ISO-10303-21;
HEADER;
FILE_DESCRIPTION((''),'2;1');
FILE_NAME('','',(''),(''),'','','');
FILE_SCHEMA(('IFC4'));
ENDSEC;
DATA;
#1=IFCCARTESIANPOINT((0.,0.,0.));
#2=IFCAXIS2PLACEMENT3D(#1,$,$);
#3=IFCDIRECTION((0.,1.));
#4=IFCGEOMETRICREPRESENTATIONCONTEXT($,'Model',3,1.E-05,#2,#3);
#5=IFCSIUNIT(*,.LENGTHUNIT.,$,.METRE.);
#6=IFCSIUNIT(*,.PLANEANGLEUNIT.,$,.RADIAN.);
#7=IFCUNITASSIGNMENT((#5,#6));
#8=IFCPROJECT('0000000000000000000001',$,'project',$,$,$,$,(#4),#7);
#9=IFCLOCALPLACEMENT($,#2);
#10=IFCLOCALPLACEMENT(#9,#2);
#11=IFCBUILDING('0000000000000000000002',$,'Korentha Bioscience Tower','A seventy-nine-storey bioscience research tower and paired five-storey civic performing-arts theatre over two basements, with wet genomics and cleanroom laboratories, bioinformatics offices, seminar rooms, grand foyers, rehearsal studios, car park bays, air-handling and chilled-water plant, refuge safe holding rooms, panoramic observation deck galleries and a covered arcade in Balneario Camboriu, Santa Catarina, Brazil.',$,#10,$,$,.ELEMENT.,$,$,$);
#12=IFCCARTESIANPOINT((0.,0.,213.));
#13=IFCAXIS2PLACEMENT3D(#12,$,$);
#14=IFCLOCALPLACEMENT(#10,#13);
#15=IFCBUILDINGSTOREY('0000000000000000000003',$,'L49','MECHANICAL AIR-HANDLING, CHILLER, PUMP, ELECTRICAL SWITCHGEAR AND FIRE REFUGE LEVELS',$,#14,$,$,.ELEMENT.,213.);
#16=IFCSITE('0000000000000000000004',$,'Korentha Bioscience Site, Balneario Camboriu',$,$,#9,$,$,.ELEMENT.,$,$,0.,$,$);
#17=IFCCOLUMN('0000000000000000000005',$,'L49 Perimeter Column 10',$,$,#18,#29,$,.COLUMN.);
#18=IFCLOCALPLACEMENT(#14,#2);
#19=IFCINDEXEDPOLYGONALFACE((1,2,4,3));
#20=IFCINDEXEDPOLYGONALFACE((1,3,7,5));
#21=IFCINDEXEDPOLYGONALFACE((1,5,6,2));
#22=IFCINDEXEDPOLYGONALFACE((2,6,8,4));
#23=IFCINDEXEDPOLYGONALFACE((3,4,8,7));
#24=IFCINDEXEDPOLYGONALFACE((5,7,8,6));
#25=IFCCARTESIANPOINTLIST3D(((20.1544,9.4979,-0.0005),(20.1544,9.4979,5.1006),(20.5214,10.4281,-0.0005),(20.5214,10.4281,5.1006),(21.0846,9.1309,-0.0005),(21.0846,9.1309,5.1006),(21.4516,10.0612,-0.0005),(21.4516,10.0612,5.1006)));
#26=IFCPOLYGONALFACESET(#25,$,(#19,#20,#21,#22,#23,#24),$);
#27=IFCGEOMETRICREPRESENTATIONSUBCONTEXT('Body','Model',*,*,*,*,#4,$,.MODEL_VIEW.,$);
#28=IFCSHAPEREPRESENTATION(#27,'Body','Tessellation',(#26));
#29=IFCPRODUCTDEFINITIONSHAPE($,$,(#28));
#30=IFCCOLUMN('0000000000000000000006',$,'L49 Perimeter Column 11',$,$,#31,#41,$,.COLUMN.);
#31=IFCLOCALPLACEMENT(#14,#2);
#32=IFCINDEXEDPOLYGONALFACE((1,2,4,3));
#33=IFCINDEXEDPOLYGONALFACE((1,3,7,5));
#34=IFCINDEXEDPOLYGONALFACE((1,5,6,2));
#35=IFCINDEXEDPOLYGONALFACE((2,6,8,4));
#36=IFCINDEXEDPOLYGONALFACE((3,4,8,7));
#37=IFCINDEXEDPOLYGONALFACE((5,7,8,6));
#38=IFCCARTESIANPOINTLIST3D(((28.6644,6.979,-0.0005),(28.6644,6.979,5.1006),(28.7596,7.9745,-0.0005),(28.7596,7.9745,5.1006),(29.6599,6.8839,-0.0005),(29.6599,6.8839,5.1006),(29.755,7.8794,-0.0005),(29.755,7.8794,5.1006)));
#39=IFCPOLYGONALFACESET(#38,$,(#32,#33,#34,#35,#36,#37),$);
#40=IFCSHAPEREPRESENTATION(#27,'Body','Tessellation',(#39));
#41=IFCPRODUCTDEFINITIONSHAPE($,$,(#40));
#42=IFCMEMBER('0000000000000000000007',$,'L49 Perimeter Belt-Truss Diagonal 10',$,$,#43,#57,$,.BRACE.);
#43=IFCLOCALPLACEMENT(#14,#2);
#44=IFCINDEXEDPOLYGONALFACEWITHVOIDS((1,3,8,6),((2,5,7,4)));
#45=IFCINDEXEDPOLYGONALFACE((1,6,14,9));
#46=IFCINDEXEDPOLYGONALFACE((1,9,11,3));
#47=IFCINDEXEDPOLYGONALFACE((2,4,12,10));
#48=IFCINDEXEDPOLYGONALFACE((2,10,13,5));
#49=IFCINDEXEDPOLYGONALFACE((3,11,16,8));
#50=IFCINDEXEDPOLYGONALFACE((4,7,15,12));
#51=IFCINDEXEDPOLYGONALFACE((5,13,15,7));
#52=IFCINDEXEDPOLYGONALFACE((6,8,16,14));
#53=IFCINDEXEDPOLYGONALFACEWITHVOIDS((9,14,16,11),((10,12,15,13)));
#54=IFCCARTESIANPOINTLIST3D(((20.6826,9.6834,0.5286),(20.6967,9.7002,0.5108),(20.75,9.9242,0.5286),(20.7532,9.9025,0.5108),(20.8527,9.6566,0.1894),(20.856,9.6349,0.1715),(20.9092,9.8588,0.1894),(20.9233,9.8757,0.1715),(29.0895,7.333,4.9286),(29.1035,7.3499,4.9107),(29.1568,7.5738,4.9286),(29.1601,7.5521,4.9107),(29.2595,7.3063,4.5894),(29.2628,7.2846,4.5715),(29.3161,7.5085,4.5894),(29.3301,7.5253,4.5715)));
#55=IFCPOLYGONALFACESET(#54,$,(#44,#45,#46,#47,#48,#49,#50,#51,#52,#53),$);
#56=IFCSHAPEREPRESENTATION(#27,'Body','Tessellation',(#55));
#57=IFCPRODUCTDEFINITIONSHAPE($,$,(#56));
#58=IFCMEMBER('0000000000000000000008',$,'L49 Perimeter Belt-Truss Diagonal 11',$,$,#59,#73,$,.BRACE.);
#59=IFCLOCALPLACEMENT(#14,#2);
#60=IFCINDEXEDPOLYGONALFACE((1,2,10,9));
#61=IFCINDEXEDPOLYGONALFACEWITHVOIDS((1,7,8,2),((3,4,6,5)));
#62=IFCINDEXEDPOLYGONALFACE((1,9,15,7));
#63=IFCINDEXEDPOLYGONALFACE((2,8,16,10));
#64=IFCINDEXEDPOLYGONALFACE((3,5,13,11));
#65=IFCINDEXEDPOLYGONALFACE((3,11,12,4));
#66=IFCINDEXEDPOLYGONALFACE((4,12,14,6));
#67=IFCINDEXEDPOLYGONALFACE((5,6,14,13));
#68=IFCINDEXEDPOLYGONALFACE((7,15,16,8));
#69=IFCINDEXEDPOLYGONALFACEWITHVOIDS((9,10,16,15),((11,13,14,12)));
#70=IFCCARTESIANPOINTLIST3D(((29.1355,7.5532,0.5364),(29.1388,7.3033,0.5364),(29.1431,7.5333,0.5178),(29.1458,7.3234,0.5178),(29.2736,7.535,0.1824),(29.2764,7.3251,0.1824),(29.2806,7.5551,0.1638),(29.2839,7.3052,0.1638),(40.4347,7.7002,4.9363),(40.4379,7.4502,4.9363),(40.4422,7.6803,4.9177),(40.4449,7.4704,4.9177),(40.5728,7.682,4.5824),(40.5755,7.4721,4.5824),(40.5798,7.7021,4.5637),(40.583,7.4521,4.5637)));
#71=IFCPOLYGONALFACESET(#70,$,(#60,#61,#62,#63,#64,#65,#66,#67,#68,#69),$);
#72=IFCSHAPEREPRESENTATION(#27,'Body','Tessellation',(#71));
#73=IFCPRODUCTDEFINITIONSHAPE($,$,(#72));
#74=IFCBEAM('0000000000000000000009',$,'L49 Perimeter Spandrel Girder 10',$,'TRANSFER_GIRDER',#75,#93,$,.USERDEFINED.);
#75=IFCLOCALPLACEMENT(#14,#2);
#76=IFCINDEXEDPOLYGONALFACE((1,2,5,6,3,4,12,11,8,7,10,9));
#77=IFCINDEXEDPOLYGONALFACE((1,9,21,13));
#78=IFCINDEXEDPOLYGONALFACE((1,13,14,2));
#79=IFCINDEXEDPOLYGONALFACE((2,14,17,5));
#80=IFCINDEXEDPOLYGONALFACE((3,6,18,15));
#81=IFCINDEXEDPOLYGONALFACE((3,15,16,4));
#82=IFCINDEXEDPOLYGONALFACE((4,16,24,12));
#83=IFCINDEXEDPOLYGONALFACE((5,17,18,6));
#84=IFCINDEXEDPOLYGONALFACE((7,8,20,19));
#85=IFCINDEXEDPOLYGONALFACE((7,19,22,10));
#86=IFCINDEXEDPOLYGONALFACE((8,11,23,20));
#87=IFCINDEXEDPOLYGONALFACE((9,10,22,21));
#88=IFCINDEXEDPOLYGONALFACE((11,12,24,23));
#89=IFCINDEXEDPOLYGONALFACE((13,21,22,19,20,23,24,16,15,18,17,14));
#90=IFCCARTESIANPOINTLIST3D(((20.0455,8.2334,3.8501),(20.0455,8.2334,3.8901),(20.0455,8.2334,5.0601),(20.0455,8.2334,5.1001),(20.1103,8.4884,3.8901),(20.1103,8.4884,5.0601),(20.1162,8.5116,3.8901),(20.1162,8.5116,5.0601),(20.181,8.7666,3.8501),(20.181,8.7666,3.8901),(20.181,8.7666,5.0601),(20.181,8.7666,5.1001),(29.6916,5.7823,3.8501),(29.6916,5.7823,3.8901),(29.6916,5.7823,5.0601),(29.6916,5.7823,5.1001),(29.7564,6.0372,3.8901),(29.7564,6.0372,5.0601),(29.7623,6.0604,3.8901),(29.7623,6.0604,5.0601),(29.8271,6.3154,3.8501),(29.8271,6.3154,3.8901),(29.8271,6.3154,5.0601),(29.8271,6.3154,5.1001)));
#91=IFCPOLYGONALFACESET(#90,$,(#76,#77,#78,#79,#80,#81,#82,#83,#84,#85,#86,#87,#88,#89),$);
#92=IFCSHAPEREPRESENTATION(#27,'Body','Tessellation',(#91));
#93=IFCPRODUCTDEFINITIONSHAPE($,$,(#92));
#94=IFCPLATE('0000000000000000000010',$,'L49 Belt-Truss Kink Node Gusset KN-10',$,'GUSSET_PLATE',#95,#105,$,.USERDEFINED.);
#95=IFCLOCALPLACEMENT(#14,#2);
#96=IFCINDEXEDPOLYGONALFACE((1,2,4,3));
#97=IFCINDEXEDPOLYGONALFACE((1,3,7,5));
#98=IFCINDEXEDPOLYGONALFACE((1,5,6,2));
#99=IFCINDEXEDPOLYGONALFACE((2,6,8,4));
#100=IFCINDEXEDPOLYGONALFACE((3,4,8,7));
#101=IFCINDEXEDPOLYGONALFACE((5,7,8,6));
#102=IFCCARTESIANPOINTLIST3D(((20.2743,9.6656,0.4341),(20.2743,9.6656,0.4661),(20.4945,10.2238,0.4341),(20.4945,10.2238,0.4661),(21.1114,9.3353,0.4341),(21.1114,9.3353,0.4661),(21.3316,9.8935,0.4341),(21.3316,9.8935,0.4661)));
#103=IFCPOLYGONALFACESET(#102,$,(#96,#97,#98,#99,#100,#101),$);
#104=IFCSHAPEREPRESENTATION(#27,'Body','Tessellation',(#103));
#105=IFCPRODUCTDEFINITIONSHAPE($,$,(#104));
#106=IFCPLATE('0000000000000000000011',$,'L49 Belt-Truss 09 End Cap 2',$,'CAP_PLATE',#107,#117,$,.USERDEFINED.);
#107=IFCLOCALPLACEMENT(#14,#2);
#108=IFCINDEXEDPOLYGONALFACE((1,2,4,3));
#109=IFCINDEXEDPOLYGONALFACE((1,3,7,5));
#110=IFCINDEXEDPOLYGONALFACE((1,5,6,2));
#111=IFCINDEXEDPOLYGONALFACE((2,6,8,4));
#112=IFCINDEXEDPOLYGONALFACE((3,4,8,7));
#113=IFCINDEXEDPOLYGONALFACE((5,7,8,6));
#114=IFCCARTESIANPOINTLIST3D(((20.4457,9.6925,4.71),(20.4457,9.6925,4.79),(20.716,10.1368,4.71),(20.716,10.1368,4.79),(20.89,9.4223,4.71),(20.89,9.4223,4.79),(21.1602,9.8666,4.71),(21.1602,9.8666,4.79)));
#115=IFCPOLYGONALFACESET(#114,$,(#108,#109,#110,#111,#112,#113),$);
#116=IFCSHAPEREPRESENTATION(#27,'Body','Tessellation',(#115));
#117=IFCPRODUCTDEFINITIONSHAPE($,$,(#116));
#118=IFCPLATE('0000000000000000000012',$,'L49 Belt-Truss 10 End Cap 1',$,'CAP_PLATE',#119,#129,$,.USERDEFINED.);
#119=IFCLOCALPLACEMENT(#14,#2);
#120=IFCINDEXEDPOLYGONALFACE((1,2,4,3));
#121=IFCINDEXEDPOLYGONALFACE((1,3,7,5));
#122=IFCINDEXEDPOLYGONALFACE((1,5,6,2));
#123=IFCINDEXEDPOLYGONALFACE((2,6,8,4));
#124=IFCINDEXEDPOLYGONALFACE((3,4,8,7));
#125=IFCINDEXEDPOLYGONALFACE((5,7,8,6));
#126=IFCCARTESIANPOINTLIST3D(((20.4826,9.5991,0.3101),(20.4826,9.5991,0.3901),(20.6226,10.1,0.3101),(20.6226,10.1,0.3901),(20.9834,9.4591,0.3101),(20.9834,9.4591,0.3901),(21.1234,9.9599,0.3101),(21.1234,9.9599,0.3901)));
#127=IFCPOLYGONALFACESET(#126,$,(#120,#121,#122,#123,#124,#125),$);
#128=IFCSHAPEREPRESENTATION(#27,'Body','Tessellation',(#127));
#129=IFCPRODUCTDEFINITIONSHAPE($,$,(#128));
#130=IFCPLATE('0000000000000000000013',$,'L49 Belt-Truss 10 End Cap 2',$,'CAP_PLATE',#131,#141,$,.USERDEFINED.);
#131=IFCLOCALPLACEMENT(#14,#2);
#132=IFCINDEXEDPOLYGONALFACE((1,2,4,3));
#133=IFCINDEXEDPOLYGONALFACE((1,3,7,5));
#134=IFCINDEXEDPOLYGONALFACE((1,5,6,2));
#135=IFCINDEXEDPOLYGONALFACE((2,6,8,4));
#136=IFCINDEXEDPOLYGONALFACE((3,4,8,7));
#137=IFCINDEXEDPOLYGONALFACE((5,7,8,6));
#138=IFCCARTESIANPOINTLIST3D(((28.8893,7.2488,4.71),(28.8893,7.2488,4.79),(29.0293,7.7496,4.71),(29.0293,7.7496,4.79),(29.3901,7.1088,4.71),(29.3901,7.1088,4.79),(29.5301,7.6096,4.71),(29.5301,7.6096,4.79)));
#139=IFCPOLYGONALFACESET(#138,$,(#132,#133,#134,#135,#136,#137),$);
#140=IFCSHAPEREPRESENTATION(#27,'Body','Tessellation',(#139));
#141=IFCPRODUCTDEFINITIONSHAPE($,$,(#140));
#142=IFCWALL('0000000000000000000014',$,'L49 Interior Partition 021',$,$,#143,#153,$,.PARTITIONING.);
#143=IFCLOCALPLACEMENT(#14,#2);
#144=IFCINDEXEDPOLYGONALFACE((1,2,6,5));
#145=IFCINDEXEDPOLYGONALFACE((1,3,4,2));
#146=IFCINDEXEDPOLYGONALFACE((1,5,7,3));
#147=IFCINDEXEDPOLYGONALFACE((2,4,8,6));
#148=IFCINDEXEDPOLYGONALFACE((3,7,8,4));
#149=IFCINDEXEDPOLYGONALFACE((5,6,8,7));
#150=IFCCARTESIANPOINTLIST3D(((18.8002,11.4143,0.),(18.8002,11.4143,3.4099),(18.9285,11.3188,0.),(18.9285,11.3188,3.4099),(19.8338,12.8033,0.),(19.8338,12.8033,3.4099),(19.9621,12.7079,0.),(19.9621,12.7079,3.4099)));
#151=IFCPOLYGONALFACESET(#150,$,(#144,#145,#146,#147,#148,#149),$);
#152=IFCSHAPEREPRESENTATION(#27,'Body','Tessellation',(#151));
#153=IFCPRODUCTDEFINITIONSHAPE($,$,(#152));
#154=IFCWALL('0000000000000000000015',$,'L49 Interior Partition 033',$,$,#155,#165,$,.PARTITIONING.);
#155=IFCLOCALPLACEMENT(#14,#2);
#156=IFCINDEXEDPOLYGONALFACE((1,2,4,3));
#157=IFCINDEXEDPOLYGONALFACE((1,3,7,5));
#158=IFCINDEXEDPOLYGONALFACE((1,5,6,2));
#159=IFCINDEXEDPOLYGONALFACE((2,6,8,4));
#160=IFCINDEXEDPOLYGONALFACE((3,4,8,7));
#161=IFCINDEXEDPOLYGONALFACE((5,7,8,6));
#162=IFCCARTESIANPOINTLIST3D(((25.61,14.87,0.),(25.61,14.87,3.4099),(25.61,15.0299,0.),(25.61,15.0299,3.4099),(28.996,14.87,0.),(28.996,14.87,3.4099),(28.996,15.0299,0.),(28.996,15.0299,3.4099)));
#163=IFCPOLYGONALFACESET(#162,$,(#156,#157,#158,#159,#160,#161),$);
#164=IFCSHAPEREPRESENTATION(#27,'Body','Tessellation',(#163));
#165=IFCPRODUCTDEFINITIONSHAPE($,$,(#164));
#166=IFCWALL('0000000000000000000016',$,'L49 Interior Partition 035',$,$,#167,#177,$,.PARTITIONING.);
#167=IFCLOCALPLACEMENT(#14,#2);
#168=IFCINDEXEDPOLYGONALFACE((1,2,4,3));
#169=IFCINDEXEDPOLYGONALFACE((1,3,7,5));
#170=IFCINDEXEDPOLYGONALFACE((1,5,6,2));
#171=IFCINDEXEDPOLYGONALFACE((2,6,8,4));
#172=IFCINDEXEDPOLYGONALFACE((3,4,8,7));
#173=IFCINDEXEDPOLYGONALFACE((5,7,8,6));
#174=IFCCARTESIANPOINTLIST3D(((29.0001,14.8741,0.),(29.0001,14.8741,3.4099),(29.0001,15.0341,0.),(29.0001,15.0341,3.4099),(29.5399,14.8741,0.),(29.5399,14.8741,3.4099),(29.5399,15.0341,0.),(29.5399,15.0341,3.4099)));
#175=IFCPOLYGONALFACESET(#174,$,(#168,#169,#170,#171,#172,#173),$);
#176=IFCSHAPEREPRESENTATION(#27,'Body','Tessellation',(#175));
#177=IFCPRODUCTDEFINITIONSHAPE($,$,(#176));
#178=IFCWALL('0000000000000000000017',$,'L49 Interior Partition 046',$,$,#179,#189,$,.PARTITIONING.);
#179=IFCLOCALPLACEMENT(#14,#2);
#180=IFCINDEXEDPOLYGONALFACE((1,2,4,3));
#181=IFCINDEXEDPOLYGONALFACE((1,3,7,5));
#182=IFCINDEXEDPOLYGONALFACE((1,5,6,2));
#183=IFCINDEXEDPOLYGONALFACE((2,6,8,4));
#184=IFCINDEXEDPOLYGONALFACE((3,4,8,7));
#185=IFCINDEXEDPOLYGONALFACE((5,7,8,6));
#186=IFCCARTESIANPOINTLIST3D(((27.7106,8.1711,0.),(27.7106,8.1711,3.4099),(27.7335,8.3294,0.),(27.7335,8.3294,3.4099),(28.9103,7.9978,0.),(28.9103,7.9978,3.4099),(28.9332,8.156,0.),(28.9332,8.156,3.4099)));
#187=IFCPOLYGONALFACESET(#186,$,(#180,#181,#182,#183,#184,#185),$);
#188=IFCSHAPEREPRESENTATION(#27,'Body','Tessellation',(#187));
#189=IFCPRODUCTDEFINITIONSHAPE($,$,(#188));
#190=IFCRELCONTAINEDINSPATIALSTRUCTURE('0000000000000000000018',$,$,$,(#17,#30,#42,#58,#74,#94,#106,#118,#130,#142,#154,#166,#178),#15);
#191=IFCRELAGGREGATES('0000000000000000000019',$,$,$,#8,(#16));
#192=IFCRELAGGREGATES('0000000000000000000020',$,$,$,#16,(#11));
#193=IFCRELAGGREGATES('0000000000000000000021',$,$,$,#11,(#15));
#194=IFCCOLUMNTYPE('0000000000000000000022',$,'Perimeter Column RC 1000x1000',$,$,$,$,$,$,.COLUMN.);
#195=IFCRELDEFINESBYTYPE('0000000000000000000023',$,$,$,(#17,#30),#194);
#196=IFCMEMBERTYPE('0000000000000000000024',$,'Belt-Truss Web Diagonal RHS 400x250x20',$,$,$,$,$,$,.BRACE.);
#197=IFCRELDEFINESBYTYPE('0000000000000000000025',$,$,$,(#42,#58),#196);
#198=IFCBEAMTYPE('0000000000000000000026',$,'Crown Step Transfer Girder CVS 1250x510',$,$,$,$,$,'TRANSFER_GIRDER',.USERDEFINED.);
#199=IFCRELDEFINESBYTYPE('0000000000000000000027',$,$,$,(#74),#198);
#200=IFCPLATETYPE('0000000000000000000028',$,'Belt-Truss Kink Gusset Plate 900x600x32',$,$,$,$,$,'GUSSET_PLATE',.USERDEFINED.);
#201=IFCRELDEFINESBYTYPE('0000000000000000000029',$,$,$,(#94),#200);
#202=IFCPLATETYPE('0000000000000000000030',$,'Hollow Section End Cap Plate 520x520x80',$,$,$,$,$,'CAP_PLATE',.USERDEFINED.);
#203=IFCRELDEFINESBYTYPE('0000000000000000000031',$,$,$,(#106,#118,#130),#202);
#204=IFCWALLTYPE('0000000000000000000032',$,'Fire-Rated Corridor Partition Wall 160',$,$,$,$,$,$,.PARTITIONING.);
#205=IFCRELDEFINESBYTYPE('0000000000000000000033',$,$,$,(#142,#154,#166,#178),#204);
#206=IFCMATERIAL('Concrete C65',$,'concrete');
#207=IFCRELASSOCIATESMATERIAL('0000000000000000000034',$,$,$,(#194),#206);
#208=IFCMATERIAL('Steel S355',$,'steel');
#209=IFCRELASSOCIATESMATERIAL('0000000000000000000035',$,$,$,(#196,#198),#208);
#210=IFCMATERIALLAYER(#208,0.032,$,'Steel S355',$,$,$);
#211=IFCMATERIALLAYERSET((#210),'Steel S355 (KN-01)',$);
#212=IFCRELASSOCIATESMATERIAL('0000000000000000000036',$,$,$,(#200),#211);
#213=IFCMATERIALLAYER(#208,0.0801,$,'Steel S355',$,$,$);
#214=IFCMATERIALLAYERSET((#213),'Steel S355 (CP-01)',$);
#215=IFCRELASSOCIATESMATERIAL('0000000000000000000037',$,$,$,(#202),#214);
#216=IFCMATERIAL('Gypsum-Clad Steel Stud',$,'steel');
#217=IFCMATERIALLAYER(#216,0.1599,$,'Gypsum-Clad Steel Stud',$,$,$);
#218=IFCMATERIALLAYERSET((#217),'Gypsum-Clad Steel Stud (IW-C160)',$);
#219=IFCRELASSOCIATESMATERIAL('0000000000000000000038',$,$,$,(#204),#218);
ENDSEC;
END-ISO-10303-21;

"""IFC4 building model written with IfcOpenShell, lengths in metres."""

from ifc_helpers import new_model, si_unit, direction, frame, frame_2d, origin, origin_2d, place, context, subcontext, project, spatial, rectangle, hollow_rectangle, i_section, extrude, material, layer, layer_set, material_profile, profile_set, type_object, element, save


model = new_model("IFC4")

# Units and contexts
model_context = context("Model", 3, precision=1e-05, world=origin(), true_north=direction((0.0, 1.0)))
body_context = subcontext(model_context, "Body", "Model", "MODEL_VIEW")
ifc_project = project(units=[si_unit("LENGTHUNIT", "METRE"), si_unit("PLANEANGLEUNIT", "RADIAN")], contexts=[model_context])

# Site, building, storey
site_placement = place(None, origin())
site = spatial("IfcSite", under=ifc_project, at=site_placement, Name="Korentha Bioscience Site, Balneario Camboriu", CompositionType="ELEMENT", RefElevation=0.0)
building_placement = place(site_placement, origin())
building = spatial("IfcBuilding", under=site, at=building_placement, Name="Korentha Bioscience Tower", Description="A seventy-nine-storey bioscience research tower and paired five-storey civic performing-arts theatre over two basements, with wet genomics and cleanroom laboratories, bioinformatics offices, seminar rooms, grand foyers, rehearsal studios, car park bays, air-handling and chilled-water plant, refuge safe holding rooms, panoramic observation deck galleries and a covered arcade in Balneario Camboriu, Santa Catarina, Brazil.", CompositionType="ELEMENT")
storey_placement = place(building_placement, frame((0.0, 0.0, 213.0)))
storey = spatial("IfcBuildingStorey", under=building, at=storey_placement, Name="L49", Description="MECHANICAL AIR-HANDLING, CHILLER, PUMP, ELECTRICAL SWITCHGEAR AND FIRE REFUGE LEVELS", CompositionType="ELEMENT", Elevation=213.0)

# Columns
ifc_material_1 = material(Name="Concrete C65", Category="concrete")
ifc_material_profile_1 = material_profile(ifc_material_1, rectangle(XDim=1.0, YDim=1.0, at=origin_2d()), Name="Concrete C65")
ifc_profile_set_1 = profile_set([ifc_material_profile_1], Name="Concrete C65 (COL-P10)")
column_type = type_object("IfcColumnType", Name="Perimeter Column RC 1000x1000", PredefinedType="COLUMN", material=ifc_profile_set_1)
for number, where, z_axis, x_axis, name in (
    (1, (20.803, 9.7795, -0.0005), (0.0, 0.0, 1.0), (-0.930226, 0.366988, 0.0), "L49 Perimeter Column 10"),
    (2, (29.2097, 7.4292, -0.0005), (0.0, 0.0, 1.0), (-0.995463, 0.095151, 0.0), "L49 Perimeter Column 11"),
):
    element("IfcColumn", number, at=place(storey_placement, frame(where, z_axis=z_axis, x_axis=x_axis)), inside=storey, type_object=column_type, Name=name, PredefinedType="COLUMN", context=body_context, shape_type="SweptSolid", body=[
        extrude(rectangle(XDim=1.0, YDim=1.0, at=origin_2d()), origin(), (0.0, 0.0, 1.0), 5.1011),
    ])

# Members
ifc_material_2 = material(Name="Steel S355", Category="steel")
ifc_material_profile_2 = material_profile(ifc_material_2, hollow_rectangle(XDim=0.25, YDim=0.3999, WallThickness=0.02, at=origin_2d()), Name="Steel S355")
ifc_profile_set_2 = profile_set([ifc_material_profile_2], Name="Steel S355 (BT-D400)")
member_type = type_object("IfcMemberType", Name="Belt-Truss Web Diagonal RHS 400x250x20", PredefinedType="BRACE", material=ifc_profile_set_2)
member_1_placement = place(storey_placement, frame((20.803, 9.7795, 0.3501), z_axis=(0.859998, -0.240437, 0.450104), x_axis=(0.269253, 0.963069, 0.0)))
element("IfcMember", 3, at=member_1_placement, inside=storey, type_object=member_type, Name="L49 Perimeter Belt-Truss Diagonal 10", PredefinedType="BRACE", context=body_context, shape_type="SweptSolid", body=[
    extrude(hollow_rectangle(XDim=0.25, YDim=0.3999, WallThickness=0.02, at=origin_2d()), origin(), (0.0, 0.0, 1.0), 9.7754),
])
member_2_placement = place(storey_placement, frame((29.2097, 7.4292, 0.3501), z_axis=(0.931774, 0.01212, 0.362836), x_axis=(-0.013006, 0.999915, 0.0)))
element("IfcMember", 4, at=member_2_placement, inside=storey, type_object=member_type, Name="L49 Perimeter Belt-Truss Diagonal 11", PredefinedType="BRACE", context=body_context, shape_type="SweptSolid", body=[
    extrude(hollow_rectangle(XDim=0.25, YDim=0.3999, WallThickness=0.02, at=origin_2d()), origin(), (0.0, 0.0, 1.0), 12.1265),
])

# Beam
ifc_material_profile_3 = material_profile(ifc_material_2, i_section(OverallWidth=0.55, OverallDepth=1.25, WebThickness=0.0239, FlangeThickness=0.04, at=origin_2d()), Name="Steel S355")
ifc_profile_set_3 = profile_set([ifc_material_profile_3], Name="Steel S355 (TG-03)")
beam_type = type_object("IfcBeamType", Name="Crown Step Transfer Girder CVS 1250x510", ElementType="TRANSFER_GIRDER", PredefinedType="USERDEFINED", material=ifc_profile_set_3)
beam_placement = place(storey_placement, frame((20.1133, 8.5, 4.4751), z_axis=(0.969197, -0.246286, 0.0), x_axis=(0.246286, 0.969197, 0.0)))
element("IfcBeam", 5, at=beam_placement, inside=storey, type_object=beam_type, Name="L49 Perimeter Spandrel Girder 10", ObjectType="TRANSFER_GIRDER", PredefinedType="USERDEFINED", context=body_context, shape_type="SweptSolid", body=[
    extrude(i_section(OverallWidth=0.55, OverallDepth=1.25, WebThickness=0.0239, FlangeThickness=0.04, at=origin_2d()), origin(), (0.0, 0.0, 1.0), 9.9526),
])

# Plates
ifc_layer_1 = layer(ifc_material_2, 0.032, Name="Steel S355")
ifc_layer_set_1 = layer_set([ifc_layer_1], Name="Steel S355 (KN-01)")
plate_type_1 = type_object("IfcPlateType", Name="Belt-Truss Kink Gusset Plate 900x600x32", ElementType="GUSSET_PLATE", PredefinedType="USERDEFINED", material=ifc_layer_set_1)
plate_placement = place(storey_placement, frame((20.803, 9.7795, 0.4341), z_axis=(0.0, 0.0, 1.0), x_axis=(-0.930226, 0.366988, 0.0)))
element("IfcPlate", 6, at=plate_placement, inside=storey, type_object=plate_type_1, Name="L49 Belt-Truss Kink Node Gusset KN-10", ObjectType="GUSSET_PLATE", PredefinedType="USERDEFINED", context=body_context, shape_type="SweptSolid", body=[
    extrude(rectangle(XDim=0.8999, YDim=0.6001, at=origin_2d()), origin(), (0.0, 0.0, 1.0), 0.032),
])
ifc_layer_2 = layer(ifc_material_2, 0.0801, Name="Steel S355")
ifc_layer_set_2 = layer_set([ifc_layer_2], Name="Steel S355 (CP-01)")
plate_type_2 = type_object("IfcPlateType", Name="Hollow Section End Cap Plate 520x520x80", ElementType="CAP_PLATE", PredefinedType="USERDEFINED", material=ifc_layer_set_2)
for number, where, z_axis, x_axis, name in (
    (7, (20.803, 9.7795, 4.71), (0.0, 0.0, 1.0), (-0.854368, 0.519668, 0.0), "L49 Belt-Truss 09 End Cap 2"),
    (8, (20.803, 9.7795, 0.3101), (0.0, 0.0, 1.0), (-0.963069, 0.269256, 0.0), "L49 Belt-Truss 10 End Cap 1"),
    (9, (29.2097, 7.4292, 4.71), (0.0, 0.0, 1.0), (-0.963069, 0.269256, 0.0), "L49 Belt-Truss 10 End Cap 2"),
):
    element("IfcPlate", number, at=place(storey_placement, frame(where, z_axis=z_axis, x_axis=x_axis)), inside=storey, type_object=plate_type_2, Name=name, ObjectType="CAP_PLATE", PredefinedType="USERDEFINED", context=body_context, shape_type="SweptSolid", body=[
        extrude(rectangle(XDim=0.52, YDim=0.52, at=origin_2d()), origin(), (0.0, 0.0, 1.0), 0.0801),
    ])

# Shared definitions
ifc_material_3 = material(Name="Gypsum-Clad Steel Stud", Category="steel")
ifc_layer_3 = layer(ifc_material_3, 0.1599, Name="Gypsum-Clad Steel Stud")
ifc_layer_set_3 = layer_set([ifc_layer_3], Name="Gypsum-Clad Steel Stud (IW-C160)")
wall_type_1 = type_object("IfcWallType", Name="Fire-Rated Corridor Partition Wall 160", PredefinedType="PARTITIONING", material=ifc_layer_set_3)

# Walls
wall_1_placement = place(storey_placement, frame((19.8979, 12.7556, 0.0), z_axis=(0.0, 0.0, 1.0), x_axis=(-0.596973, -0.802261, 0.0)))
element("IfcWall", 10, at=wall_1_placement, inside=storey, type_object=wall_type_1, Name="L49 Interior Partition 021", PredefinedType="PARTITIONING", context=body_context, shape_type="SweptSolid", body=[
    extrude(rectangle(XDim=1.7314, YDim=0.1599, at=frame_2d((0.8657, 0.0))), origin(), (0.0, 0.0, 1.0), 3.4099),
])
wall_2_placement = place(storey_placement, frame((25.6101, 14.95, 0.0), z_axis=(0.0, 0.0, 1.0), x_axis=(1.0, 0.0, 0.0)))
element("IfcWall", 11, at=wall_2_placement, inside=storey, type_object=wall_type_1, Name="L49 Interior Partition 033", PredefinedType="PARTITIONING", context=body_context, shape_type="SweptSolid", body=[
    extrude(rectangle(XDim=3.386, YDim=0.1599, at=frame_2d((1.6929, 0.0))), origin(), (0.0, 0.0, 1.0), 3.4099),
])
wall_3_placement = place(storey_placement, frame((29.0, 14.9541, 0.0), z_axis=(0.0, 0.0, 1.0), x_axis=(1.0, 0.0, 0.0)))
element("IfcWall", 12, at=wall_3_placement, inside=storey, type_object=wall_type_1, Name="L49 Interior Partition 035", PredefinedType="PARTITIONING", context=body_context, shape_type="SweptSolid", body=[
    extrude(rectangle(XDim=0.5398, YDim=0.1599, at=frame_2d((0.27, 0.0))), origin(), (0.0, 0.0, 1.0), 3.4099),
])
wall_4_placement = place(storey_placement, frame((28.9216, 8.0769, 0.0), z_axis=(0.0, 0.0, 1.0), x_axis=(-0.989723, 0.143, 0.0)))
element("IfcWall", 13, at=wall_4_placement, inside=storey, type_object=wall_type_1, Name="L49 Interior Partition 046", PredefinedType="PARTITIONING", context=body_context, shape_type="SweptSolid", body=[
    extrude(rectangle(XDim=1.2122, YDim=0.1599, at=frame_2d((0.606, 0.0))), origin(), (0.0, 0.0, 1.0), 3.4099),
])

save(model, "model.ifc")
